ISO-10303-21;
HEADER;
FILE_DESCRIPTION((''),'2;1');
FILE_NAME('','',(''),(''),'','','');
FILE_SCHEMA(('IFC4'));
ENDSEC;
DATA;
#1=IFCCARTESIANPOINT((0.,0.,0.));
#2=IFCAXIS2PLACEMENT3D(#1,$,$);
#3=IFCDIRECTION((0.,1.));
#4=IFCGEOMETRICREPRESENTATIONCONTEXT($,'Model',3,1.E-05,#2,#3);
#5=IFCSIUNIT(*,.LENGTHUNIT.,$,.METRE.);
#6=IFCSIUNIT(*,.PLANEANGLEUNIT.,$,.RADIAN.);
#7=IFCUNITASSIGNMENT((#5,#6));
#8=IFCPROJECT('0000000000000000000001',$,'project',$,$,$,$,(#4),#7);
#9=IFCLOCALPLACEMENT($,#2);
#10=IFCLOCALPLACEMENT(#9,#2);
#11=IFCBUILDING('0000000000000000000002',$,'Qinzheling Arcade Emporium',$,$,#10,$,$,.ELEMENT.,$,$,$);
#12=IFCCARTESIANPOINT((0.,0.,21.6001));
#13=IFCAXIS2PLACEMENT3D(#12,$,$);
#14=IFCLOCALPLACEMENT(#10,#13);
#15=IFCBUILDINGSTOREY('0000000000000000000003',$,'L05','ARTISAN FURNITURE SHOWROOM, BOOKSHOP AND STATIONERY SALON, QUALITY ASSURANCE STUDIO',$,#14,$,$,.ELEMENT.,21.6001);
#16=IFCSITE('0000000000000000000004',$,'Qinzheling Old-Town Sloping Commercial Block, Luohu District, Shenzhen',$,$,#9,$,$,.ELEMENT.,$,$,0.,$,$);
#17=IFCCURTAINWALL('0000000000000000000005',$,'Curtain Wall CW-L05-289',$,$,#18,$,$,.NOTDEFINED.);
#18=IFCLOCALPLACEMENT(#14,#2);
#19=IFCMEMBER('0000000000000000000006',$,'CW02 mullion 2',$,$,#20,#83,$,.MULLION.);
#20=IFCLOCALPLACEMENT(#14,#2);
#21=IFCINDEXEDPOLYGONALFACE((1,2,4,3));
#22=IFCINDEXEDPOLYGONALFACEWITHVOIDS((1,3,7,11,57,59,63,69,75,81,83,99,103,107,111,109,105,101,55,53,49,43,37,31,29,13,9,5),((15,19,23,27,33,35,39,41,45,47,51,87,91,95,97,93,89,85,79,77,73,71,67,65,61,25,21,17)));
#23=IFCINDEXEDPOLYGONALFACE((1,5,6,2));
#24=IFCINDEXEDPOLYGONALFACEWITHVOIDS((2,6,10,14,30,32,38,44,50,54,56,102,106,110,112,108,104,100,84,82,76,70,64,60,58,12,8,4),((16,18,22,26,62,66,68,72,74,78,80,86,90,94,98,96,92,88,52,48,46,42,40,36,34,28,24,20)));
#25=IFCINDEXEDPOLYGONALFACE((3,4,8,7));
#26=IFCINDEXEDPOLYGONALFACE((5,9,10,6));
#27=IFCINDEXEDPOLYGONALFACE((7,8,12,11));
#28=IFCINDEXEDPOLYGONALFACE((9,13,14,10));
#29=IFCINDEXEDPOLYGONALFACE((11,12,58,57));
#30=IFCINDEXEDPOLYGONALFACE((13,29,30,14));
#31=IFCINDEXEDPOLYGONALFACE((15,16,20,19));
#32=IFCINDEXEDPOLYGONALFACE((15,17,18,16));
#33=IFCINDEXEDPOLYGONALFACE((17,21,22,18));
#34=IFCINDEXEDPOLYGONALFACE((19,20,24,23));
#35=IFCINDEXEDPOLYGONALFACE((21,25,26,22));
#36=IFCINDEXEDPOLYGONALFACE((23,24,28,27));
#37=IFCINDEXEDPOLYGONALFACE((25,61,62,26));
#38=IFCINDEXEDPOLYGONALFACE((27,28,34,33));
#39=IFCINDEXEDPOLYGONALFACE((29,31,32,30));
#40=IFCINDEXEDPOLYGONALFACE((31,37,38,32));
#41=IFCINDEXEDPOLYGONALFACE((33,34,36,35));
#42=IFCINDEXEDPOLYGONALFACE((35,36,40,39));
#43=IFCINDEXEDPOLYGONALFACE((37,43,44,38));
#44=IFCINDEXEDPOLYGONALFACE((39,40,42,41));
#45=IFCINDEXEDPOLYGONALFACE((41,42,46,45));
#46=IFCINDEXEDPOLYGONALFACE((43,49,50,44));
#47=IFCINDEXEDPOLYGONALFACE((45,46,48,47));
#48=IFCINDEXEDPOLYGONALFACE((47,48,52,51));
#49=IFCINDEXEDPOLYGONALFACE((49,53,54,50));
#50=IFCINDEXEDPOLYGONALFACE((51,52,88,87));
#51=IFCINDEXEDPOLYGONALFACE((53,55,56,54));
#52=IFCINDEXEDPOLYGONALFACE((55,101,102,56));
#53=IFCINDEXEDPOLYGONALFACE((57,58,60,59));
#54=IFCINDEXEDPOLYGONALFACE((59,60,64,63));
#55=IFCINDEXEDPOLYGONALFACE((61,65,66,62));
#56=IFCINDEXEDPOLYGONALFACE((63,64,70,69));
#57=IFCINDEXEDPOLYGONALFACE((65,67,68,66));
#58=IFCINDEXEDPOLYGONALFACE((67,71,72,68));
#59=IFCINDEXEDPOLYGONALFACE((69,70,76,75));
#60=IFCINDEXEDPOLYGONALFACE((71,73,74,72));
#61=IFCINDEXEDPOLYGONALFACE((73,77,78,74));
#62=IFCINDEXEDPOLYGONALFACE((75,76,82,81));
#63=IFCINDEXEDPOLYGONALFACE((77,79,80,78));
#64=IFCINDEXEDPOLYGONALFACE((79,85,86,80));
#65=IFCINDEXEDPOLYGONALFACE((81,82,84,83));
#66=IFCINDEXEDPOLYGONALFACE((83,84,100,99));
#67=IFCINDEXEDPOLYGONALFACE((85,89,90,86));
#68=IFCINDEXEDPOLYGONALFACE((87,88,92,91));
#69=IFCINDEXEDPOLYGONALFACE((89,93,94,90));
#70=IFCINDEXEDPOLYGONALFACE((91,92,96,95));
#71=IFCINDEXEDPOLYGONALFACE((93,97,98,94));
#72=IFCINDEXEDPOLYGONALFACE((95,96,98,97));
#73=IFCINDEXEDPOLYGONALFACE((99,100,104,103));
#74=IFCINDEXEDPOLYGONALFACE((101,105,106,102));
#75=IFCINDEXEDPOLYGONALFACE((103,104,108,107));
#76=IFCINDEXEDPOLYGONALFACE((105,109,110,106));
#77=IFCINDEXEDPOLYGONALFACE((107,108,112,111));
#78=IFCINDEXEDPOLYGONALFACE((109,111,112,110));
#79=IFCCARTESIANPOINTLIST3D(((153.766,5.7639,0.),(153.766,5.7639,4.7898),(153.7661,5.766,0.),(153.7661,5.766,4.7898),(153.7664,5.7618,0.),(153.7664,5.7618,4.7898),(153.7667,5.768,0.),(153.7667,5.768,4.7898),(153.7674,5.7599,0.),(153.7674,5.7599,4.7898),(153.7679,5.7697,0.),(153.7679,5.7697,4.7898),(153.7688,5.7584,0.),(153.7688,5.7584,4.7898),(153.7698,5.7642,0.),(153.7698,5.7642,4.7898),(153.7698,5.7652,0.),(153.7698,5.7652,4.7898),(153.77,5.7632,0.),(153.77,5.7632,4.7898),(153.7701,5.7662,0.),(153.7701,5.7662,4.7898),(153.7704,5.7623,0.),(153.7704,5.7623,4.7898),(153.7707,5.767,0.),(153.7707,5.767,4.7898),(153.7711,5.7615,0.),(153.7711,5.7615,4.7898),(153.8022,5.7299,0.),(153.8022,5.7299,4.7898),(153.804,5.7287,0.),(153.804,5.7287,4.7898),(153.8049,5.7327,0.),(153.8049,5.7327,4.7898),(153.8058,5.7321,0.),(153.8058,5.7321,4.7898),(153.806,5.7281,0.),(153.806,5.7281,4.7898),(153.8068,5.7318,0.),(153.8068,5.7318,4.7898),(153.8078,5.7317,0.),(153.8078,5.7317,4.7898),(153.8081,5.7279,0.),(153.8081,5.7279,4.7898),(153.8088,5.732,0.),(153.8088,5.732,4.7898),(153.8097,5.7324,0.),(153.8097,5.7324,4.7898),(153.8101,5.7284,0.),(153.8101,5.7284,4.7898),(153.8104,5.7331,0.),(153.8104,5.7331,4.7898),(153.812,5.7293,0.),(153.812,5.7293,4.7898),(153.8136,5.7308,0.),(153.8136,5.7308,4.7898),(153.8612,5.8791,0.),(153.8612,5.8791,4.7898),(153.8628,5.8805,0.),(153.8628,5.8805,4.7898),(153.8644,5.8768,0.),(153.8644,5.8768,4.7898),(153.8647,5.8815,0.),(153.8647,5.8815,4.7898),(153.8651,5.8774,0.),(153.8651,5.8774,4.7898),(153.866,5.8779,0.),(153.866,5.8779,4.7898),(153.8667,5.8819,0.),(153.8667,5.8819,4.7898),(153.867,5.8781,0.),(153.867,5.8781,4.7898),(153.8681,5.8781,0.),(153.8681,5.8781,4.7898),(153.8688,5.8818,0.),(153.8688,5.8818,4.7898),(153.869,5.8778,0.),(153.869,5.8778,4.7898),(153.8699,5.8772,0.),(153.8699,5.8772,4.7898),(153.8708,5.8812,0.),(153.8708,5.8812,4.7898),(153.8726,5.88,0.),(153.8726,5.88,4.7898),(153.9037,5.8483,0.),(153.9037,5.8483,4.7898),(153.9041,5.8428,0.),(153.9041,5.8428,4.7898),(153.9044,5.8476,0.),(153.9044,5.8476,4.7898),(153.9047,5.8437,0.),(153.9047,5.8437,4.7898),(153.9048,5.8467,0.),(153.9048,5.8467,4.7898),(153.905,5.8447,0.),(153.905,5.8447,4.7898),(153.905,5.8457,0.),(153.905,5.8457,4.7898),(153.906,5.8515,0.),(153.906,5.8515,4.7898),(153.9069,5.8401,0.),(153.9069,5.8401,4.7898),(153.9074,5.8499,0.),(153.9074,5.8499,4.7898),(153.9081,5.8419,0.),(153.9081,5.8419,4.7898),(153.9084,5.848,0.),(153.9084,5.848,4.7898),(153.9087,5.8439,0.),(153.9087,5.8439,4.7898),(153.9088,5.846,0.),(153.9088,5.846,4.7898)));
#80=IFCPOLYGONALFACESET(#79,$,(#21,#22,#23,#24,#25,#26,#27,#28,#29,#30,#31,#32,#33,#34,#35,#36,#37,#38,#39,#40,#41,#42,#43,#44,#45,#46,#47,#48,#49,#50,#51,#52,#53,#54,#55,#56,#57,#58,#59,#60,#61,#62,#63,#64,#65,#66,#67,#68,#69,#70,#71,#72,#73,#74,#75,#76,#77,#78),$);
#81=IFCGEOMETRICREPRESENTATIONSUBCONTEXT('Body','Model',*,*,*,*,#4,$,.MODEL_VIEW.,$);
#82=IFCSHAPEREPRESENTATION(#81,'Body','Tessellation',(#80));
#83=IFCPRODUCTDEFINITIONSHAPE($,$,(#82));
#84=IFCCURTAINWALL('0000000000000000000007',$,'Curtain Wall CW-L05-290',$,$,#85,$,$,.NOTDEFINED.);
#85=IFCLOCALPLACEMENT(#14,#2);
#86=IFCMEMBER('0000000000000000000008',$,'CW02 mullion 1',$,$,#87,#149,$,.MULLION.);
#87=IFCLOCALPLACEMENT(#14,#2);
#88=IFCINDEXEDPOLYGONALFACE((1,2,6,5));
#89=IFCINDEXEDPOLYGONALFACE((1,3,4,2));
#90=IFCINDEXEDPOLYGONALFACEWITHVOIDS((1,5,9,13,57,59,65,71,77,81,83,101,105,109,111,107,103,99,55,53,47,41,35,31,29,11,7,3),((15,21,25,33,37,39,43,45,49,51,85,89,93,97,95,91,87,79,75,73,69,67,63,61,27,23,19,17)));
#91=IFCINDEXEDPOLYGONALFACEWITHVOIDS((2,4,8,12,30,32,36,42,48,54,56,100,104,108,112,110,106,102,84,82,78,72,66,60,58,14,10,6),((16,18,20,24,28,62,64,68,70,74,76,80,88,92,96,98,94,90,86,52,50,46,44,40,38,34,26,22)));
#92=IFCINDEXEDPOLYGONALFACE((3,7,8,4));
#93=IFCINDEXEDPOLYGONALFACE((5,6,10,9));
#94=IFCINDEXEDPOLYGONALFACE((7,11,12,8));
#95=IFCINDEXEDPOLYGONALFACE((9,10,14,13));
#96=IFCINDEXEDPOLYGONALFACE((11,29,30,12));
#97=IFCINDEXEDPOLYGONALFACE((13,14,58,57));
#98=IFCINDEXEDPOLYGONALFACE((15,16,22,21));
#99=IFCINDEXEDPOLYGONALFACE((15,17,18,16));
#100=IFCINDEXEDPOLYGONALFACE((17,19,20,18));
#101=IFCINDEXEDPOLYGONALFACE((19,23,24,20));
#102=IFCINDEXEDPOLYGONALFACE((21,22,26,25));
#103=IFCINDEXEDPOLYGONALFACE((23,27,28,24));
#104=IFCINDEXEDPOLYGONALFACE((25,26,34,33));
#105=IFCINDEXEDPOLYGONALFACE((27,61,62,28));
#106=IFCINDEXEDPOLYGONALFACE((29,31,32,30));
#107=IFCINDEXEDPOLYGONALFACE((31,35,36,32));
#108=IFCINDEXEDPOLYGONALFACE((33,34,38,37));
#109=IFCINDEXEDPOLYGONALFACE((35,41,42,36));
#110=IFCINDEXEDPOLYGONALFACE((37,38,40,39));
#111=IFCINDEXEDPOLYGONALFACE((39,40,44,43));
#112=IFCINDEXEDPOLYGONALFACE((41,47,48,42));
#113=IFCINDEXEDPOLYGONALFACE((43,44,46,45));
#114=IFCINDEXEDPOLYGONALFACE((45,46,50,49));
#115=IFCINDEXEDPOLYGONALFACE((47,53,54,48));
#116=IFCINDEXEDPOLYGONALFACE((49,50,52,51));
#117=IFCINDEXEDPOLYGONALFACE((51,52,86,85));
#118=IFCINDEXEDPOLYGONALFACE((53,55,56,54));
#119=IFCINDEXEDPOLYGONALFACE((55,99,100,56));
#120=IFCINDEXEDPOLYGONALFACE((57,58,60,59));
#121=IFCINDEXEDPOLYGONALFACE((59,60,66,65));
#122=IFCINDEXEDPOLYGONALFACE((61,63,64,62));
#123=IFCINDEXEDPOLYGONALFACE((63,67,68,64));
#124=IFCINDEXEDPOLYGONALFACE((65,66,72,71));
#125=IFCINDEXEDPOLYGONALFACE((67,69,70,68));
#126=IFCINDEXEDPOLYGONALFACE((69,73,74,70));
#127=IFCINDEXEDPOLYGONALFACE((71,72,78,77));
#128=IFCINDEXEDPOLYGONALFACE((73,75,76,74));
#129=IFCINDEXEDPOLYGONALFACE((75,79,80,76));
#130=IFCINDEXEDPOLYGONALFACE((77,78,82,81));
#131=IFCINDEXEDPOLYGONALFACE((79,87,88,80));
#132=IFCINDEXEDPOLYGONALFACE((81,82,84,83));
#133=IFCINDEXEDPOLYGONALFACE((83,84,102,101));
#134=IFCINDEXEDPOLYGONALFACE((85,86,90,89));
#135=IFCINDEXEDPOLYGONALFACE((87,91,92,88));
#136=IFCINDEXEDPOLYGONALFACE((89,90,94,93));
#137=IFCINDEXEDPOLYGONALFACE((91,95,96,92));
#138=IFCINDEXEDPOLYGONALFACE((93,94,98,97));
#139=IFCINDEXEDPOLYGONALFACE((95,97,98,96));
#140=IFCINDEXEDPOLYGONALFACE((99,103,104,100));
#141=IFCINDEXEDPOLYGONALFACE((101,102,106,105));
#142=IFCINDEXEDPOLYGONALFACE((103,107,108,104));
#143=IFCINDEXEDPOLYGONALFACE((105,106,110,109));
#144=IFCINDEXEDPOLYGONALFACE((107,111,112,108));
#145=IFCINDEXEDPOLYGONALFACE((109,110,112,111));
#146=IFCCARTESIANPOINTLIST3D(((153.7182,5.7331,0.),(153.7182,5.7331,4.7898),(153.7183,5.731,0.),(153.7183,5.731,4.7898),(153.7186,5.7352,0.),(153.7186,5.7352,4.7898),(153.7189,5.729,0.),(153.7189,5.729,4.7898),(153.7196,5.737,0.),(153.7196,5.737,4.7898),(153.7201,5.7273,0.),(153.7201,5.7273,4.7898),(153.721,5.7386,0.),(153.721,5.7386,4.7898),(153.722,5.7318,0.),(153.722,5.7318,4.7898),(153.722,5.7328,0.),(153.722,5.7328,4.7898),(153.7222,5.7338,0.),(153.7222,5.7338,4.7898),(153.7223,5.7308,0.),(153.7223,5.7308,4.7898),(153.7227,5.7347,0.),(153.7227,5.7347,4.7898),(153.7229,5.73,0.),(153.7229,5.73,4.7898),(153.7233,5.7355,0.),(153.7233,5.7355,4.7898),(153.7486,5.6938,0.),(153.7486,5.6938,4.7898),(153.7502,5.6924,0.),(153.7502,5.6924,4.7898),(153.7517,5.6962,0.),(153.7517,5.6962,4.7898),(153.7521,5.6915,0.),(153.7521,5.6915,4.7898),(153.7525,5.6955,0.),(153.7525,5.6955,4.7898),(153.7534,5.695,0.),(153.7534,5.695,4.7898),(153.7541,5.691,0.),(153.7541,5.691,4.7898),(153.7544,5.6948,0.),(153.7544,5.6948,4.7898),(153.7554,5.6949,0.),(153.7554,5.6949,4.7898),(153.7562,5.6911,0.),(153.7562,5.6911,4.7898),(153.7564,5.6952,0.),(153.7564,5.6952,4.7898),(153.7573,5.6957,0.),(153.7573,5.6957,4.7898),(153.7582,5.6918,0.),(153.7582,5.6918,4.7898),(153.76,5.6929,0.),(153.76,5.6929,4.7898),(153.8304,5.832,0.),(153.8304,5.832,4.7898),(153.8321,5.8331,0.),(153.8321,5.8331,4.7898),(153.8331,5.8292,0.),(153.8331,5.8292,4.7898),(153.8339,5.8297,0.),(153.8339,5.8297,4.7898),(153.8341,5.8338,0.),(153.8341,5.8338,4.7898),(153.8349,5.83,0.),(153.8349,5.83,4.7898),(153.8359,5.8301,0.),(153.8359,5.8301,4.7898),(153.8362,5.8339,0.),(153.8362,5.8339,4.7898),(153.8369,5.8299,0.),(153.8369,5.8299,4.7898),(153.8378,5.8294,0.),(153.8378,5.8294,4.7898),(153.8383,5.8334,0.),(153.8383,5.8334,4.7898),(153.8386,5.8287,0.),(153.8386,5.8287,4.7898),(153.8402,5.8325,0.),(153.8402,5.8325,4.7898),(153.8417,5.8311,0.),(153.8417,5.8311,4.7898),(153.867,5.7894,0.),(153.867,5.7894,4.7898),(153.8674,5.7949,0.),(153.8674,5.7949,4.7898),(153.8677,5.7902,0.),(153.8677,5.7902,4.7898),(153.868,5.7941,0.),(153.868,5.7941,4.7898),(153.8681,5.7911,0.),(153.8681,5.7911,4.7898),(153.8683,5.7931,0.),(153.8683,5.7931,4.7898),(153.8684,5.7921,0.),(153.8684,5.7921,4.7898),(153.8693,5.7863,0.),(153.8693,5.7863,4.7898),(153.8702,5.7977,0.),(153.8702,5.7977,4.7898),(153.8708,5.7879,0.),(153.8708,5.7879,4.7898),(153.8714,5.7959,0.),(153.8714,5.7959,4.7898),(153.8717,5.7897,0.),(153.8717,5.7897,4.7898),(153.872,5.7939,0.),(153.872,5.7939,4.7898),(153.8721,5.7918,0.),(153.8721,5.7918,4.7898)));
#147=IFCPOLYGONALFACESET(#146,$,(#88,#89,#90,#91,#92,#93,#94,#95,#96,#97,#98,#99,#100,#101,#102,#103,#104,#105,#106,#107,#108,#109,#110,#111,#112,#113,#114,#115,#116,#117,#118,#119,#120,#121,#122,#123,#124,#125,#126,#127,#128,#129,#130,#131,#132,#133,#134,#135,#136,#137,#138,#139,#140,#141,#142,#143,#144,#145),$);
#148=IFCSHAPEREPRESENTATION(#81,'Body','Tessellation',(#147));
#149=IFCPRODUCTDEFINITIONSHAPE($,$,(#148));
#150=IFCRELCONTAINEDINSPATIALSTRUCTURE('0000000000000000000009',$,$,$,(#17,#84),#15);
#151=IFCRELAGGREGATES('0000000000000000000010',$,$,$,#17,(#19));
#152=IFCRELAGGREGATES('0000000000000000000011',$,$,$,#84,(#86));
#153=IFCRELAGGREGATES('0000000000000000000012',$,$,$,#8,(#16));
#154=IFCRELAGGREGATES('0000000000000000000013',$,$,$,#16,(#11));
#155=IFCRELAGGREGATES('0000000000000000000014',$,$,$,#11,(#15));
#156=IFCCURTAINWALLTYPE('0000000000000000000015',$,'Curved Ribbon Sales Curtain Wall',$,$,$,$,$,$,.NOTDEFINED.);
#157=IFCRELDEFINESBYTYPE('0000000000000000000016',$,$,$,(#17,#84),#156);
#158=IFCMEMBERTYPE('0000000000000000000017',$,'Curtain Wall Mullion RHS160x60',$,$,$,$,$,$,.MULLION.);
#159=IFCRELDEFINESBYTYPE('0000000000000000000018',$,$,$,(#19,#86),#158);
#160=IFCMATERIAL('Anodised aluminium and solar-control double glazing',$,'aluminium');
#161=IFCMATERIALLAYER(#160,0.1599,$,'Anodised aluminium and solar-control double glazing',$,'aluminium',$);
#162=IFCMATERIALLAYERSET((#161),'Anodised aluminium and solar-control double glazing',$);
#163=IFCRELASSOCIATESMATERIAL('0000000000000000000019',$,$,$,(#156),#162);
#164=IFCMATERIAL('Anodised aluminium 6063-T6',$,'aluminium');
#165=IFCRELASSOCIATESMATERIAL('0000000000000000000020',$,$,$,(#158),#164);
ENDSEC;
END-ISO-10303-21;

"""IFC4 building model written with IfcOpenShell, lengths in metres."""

from ifc_helpers import new_model, si_unit, direction, frame, origin, origin_2d, place, context, subcontext, project, spatial, hollow_rectangle, extrude, material, layer, layer_set, material_profile, profile_set, type_object, element, aggregate, save


model = new_model("IFC4")

# Units and contexts
model_context = context("Model", 3, precision=1e-05, world=origin(), true_north=direction((0.0, 1.0)))
body_context = subcontext(model_context, "Body", "Model", "MODEL_VIEW")
ifc_project = project(units=[si_unit("LENGTHUNIT", "METRE"), si_unit("PLANEANGLEUNIT", "RADIAN")], contexts=[model_context])

# Site, building, storey
site_placement = place(None, origin())
site = spatial("IfcSite", under=ifc_project, at=site_placement, Name="Qinzheling Old-Town Sloping Commercial Block, Luohu District, Shenzhen", CompositionType="ELEMENT", RefElevation=0.0)
building_placement = place(site_placement, origin())
building = spatial("IfcBuilding", under=site, at=building_placement, Name="Qinzheling Arcade Emporium", CompositionType="ELEMENT")
storey_placement = place(building_placement, frame((0.0, 0.0, 21.6001)))
storey = spatial("IfcBuildingStorey", under=building, at=storey_placement, Name="L05", Description="ARTISAN FURNITURE SHOWROOM, BOOKSHOP AND STATIONERY SALON, QUALITY ASSURANCE STUDIO", CompositionType="ELEMENT", Elevation=21.6001)

# Shared definitions
ifc_material_1 = material(Name="Anodised aluminium and solar-control double glazing", Category="aluminium")
ifc_layer_1 = layer(ifc_material_1, 0.1599, Name="Anodised aluminium and solar-control double glazing", Category="aluminium")
ifc_layer_set_1 = layer_set([ifc_layer_1], Name="Anodised aluminium and solar-control double glazing")
curtain_wall_type = type_object("IfcCurtainWallType", Name="Curved Ribbon Sales Curtain Wall", PredefinedType="NOTDEFINED", material=ifc_layer_set_1)
ifc_material_2 = material(Name="Anodised aluminium 6063-T6", Category="aluminium")
ifc_material_profile_1 = material_profile(ifc_material_2, hollow_rectangle(XDim=0.0601, YDim=0.1599, WallThickness=0.0039, InnerFilletRadius=0.0039, OuterFilletRadius=0.0081, at=origin_2d()), Name="RHS 160x60x4", Category="aluminium")
ifc_profile_set_1 = profile_set([ifc_material_profile_1], Name="Anodised aluminium 6063-T6")
member_type_1 = type_object("IfcMemberType", Name="Curtain Wall Mullion RHS160x60", PredefinedType="MULLION", material=ifc_profile_set_1)

# Curtain walls, members
curtain_wall_1_placement = place(storey_placement, origin())
curtain_wall_1 = element("IfcCurtainWall", 1, at=curtain_wall_1_placement, inside=storey, type_object=curtain_wall_type, Name="Curtain Wall CW-L05-289", PredefinedType="NOTDEFINED")
member_1_placement = place(storey_placement, frame((153.8374, 5.8049, 0.0), z_axis=(0.0, 0.0, 1.0), x_axis=(0.760581, -0.649243, 0.0)))
member_1 = element("IfcMember", 2, at=member_1_placement, type_object=member_type_1, Name="CW02 mullion 2", PredefinedType="MULLION", context=body_context, shape_type="SweptSolid", body=[
    extrude(hollow_rectangle(XDim=0.0601, YDim=0.1599, WallThickness=0.0039, InnerFilletRadius=0.0039, OuterFilletRadius=0.0081, at=origin_2d()), origin(), (0.0, 0.0, 1.0), 4.7898),
])
curtain_wall_2_placement = place(storey_placement, origin())
curtain_wall_2 = element("IfcCurtainWall", 3, at=curtain_wall_2_placement, inside=storey, type_object=curtain_wall_type, Name="Curtain Wall CW-L05-290", PredefinedType="NOTDEFINED")
member_2_placement = place(storey_placement, frame((153.7952, 5.7625, 0.0), z_axis=(0.0, 0.0, 1.0), x_axis=(0.649243, -0.760581, 0.0)))
member_2 = element("IfcMember", 4, at=member_2_placement, type_object=member_type_1, Name="CW02 mullion 1", PredefinedType="MULLION", context=body_context, shape_type="SweptSolid", body=[
    extrude(hollow_rectangle(XDim=0.0601, YDim=0.1599, WallThickness=0.0039, InnerFilletRadius=0.0039, OuterFilletRadius=0.0081, at=origin_2d()), origin(), (0.0, 0.0, 1.0), 4.7898),
])

aggregate(curtain_wall_1, [member_1])
aggregate(curtain_wall_2, [member_2])

save(model, "model.ifc")
